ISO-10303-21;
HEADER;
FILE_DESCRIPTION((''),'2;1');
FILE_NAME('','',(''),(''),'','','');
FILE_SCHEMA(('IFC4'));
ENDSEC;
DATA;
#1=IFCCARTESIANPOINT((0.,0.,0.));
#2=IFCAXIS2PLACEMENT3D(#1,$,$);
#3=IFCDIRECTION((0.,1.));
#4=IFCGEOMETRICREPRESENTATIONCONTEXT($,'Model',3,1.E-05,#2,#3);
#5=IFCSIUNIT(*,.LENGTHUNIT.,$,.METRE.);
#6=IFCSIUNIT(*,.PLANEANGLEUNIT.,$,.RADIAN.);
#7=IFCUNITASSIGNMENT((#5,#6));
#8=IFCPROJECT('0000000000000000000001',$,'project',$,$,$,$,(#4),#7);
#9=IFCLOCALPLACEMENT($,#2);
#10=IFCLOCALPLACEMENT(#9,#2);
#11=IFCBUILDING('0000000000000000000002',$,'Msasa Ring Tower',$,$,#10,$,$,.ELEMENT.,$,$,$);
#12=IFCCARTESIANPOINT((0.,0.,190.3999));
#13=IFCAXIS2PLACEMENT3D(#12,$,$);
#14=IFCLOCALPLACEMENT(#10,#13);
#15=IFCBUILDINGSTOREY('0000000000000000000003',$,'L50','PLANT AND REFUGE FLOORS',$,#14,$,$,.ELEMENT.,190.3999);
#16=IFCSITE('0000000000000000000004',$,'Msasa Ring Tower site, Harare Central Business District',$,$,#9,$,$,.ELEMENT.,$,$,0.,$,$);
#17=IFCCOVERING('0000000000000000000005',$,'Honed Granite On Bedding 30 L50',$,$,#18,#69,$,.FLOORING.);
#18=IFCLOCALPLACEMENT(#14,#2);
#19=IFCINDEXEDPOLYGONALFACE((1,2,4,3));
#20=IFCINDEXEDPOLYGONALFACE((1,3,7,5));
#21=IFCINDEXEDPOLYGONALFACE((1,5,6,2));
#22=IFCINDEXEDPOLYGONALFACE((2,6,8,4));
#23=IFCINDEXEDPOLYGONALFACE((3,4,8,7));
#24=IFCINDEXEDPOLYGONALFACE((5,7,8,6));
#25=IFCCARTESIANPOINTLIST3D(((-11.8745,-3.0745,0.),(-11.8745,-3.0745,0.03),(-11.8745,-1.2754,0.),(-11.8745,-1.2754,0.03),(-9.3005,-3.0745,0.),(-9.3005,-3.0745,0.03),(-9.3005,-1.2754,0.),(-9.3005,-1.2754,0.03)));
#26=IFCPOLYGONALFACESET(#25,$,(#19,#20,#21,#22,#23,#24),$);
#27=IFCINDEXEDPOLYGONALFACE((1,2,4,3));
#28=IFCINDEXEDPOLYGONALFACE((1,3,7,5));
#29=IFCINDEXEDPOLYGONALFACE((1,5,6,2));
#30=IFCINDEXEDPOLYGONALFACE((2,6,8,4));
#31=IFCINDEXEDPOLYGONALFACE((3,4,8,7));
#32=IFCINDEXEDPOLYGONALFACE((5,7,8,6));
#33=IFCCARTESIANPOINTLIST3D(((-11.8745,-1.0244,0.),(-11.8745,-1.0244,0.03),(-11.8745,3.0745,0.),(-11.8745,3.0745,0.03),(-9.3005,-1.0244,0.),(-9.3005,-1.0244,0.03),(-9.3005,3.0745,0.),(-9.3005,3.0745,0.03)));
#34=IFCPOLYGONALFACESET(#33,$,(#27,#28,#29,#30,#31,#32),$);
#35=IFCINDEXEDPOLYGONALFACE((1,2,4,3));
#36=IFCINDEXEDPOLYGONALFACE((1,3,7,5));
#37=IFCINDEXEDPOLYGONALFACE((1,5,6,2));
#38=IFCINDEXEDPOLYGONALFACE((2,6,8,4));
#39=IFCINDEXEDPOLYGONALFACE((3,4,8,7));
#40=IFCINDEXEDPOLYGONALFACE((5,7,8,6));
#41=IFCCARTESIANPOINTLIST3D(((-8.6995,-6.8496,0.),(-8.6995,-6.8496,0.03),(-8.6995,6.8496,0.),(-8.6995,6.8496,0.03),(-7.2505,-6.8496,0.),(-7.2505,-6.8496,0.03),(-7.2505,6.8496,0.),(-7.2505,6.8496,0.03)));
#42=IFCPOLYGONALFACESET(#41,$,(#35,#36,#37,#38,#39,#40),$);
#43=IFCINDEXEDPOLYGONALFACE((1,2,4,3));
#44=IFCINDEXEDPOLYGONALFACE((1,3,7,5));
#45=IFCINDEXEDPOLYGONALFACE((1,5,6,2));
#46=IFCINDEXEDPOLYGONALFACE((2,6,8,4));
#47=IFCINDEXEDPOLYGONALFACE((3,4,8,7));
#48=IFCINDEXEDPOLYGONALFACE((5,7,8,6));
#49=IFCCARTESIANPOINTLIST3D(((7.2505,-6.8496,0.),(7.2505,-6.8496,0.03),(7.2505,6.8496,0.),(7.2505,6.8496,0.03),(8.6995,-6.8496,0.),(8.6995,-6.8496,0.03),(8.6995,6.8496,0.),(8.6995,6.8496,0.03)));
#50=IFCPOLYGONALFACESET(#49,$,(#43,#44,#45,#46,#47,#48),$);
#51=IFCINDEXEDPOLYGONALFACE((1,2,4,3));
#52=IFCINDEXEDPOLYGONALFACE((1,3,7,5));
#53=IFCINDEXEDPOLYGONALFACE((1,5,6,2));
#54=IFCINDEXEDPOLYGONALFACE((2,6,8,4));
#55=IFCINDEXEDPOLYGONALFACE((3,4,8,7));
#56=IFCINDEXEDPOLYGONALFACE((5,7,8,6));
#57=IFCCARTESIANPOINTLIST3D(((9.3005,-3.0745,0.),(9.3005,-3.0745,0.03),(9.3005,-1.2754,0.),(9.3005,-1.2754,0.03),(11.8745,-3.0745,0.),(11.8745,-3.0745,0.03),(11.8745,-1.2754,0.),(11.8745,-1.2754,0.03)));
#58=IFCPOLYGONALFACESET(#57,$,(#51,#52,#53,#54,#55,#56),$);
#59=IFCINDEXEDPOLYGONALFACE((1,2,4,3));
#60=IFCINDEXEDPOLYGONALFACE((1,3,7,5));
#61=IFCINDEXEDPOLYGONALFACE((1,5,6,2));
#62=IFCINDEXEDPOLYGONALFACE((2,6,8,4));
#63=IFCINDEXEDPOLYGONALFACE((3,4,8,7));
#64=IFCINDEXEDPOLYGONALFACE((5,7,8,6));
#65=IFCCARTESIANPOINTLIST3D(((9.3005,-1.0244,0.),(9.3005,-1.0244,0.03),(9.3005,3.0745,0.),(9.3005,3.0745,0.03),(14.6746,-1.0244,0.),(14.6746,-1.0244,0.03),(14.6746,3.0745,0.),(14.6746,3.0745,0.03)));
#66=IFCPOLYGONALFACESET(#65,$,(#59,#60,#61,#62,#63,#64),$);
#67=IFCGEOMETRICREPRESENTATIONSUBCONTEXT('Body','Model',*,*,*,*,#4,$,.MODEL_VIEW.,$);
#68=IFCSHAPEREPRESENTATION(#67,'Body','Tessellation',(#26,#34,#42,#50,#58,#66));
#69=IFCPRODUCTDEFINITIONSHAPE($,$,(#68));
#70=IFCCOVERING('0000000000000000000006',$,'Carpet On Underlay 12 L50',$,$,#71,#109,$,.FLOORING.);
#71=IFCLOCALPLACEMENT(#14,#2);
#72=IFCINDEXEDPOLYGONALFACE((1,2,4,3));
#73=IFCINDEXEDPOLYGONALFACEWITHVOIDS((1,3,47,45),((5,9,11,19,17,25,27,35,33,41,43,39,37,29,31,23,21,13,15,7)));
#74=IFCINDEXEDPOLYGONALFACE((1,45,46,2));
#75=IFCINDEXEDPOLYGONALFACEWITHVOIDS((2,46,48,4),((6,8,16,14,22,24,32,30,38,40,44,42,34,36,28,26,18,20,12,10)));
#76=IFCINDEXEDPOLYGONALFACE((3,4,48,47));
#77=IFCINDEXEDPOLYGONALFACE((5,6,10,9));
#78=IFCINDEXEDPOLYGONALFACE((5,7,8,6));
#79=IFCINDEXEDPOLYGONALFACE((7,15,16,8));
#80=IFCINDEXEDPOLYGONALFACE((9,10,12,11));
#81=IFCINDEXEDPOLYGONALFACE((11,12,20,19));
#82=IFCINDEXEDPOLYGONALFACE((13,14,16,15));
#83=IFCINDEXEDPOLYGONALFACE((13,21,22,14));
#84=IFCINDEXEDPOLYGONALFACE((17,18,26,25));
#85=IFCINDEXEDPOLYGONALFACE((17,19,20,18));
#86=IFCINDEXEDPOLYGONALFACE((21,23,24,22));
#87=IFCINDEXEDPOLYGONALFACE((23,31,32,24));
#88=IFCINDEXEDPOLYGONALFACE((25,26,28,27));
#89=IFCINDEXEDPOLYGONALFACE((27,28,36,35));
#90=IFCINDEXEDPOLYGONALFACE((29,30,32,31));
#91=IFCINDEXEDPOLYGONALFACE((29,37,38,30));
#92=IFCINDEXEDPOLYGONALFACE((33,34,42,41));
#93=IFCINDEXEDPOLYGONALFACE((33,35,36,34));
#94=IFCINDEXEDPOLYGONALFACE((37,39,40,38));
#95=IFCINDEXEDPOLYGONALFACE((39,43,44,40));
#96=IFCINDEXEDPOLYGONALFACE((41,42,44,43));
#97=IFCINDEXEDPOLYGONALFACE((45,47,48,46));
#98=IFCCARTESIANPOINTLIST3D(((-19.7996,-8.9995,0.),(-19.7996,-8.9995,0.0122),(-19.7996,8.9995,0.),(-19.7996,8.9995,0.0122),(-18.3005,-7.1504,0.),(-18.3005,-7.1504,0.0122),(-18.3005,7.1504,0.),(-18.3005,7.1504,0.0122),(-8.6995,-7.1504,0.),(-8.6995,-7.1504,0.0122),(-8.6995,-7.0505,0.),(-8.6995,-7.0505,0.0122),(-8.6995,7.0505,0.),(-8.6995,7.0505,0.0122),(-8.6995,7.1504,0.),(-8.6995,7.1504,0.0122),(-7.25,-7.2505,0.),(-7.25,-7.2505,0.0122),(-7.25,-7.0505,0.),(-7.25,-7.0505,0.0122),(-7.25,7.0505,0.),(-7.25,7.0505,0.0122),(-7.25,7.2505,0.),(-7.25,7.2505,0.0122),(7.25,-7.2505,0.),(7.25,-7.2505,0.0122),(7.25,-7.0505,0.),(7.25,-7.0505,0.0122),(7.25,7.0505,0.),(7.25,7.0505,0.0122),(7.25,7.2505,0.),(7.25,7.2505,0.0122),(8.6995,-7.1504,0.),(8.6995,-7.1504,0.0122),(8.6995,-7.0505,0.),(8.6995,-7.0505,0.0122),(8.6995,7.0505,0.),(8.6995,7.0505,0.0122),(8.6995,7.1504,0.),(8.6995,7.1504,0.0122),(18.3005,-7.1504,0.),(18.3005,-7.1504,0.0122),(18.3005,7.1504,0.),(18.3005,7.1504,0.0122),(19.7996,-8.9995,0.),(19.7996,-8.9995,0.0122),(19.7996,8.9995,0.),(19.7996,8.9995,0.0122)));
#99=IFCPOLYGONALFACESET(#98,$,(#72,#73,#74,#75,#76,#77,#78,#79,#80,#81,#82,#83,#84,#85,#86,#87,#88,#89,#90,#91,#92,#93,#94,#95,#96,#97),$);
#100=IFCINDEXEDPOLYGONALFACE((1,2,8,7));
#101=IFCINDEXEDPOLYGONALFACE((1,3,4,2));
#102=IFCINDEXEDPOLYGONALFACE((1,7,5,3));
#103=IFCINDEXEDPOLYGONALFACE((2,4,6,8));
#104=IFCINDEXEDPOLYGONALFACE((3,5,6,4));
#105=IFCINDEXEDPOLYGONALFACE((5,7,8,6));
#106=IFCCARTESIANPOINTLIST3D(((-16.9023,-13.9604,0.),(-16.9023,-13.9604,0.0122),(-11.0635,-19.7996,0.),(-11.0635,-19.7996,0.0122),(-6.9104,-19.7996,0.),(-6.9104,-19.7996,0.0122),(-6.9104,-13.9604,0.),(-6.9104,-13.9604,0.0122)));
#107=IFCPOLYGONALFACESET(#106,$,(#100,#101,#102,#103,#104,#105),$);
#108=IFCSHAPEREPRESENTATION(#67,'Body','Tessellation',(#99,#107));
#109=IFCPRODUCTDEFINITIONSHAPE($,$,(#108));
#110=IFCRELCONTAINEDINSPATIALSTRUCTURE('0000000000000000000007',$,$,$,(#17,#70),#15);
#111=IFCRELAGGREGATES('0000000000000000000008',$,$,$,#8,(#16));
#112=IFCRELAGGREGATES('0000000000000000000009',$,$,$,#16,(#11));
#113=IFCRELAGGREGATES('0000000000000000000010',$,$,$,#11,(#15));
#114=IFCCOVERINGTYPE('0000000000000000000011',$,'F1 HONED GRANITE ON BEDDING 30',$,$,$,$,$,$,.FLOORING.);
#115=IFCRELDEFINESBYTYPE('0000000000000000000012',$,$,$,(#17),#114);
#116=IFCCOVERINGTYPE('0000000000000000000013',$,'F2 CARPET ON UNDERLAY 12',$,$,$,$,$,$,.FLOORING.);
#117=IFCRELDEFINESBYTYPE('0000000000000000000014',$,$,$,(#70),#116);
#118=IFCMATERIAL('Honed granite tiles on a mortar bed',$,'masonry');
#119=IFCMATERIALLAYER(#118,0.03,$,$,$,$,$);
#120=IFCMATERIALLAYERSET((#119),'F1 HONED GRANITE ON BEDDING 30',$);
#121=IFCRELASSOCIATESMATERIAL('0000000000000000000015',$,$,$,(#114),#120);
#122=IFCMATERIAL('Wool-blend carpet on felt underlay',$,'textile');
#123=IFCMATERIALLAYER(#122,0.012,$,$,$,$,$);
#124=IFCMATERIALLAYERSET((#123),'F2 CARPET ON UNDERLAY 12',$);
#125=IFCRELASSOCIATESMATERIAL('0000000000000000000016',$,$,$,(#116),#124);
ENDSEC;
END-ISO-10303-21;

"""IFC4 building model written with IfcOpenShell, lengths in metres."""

from ifc_helpers import new_model, si_unit, direction, frame, origin, place, context, subcontext, project, spatial, line, indexed_curve, outline, extrude, material, layer, layer_set, type_object, element, save


model = new_model("IFC4")

# Units and contexts
model_context = context("Model", 3, precision=1e-05, world=origin(), true_north=direction((0.0, 1.0)))
body_context = subcontext(model_context, "Body", "Model", "MODEL_VIEW")
ifc_project = project(units=[si_unit("LENGTHUNIT", "METRE"), si_unit("PLANEANGLEUNIT", "RADIAN")], contexts=[model_context])

# Site, building, storey
site_placement = place(None, origin())
site = spatial("IfcSite", under=ifc_project, at=site_placement, Name="Msasa Ring Tower site, Harare Central Business District", CompositionType="ELEMENT", RefElevation=0.0)
building_placement = place(site_placement, origin())
building = spatial("IfcBuilding", under=site, at=building_placement, Name="Msasa Ring Tower", CompositionType="ELEMENT")
storey_placement = place(building_placement, frame((0.0, 0.0, 190.3999)))
storey = spatial("IfcBuildingStorey", under=building, at=storey_placement, Name="L50", Description="PLANT AND REFUGE FLOORS", CompositionType="ELEMENT", Elevation=190.3999)

# Coverings
ifc_material_1 = material(Name="Honed granite tiles on a mortar bed", Category="masonry")
ifc_layer_1 = layer(ifc_material_1, 0.03)
ifc_layer_set_1 = layer_set([ifc_layer_1], Name="F1 HONED GRANITE ON BEDDING 30")
covering_type_1 = type_object("IfcCoveringType", Name="F1 HONED GRANITE ON BEDDING 30", PredefinedType="FLOORING", material=ifc_layer_set_1)
covering_1_placement = place(storey_placement, origin())
element("IfcCovering", 1, at=covering_1_placement, inside=storey, type_object=covering_type_1, Name="Honed Granite On Bedding 30 L50", PredefinedType="FLOORING", context=body_context, shape_type="SweptSolid", body=[
    extrude(outline(indexed_curve([(-11.8745, -3.0745), (-11.8745, -1.2754), (-9.3005, -1.2754), (-9.3005, -3.0745)], segments=[line(1, 2, 3, 4, 1)], self_intersect=False)), origin(), (0.0, 0.0, 1.0), 0.03),
    extrude(outline(indexed_curve([(-11.8745, 3.0745), (-9.3005, 3.0745), (-9.3005, -1.0244), (-11.8745, -1.0244)], segments=[line(1, 2, 3, 4, 1)], self_intersect=False)), origin(), (0.0, 0.0, 1.0), 0.03),
    extrude(outline(indexed_curve([(-8.6995, 6.8496), (-7.2505, 6.8496), (-7.2505, -6.8496), (-8.6995, -6.8496)], segments=[line(1, 2, 3, 4, 1)], self_intersect=False)), origin(), (0.0, 0.0, 1.0), 0.03),
    extrude(outline(indexed_curve([(7.2505, -6.8496), (7.2505, 6.8496), (8.6995, 6.8496), (8.6995, -6.8496)], segments=[line(1, 2, 3, 4, 1)], self_intersect=False)), origin(), (0.0, 0.0, 1.0), 0.03),
    extrude(outline(indexed_curve([(9.3005, -1.2754), (11.8745, -1.2754), (11.8745, -3.0745), (9.3005, -3.0745)], segments=[line(1, 2, 3, 4, 1)], self_intersect=False)), origin(), (0.0, 0.0, 1.0), 0.03),
    extrude(outline(indexed_curve([(9.3005, 3.0745), (14.6746, 3.0745), (14.6746, -1.0244), (9.3005, -1.0244)], segments=[line(1, 2, 3, 4, 1)], self_intersect=False)), origin(), (0.0, 0.0, 1.0), 0.03),
])
ifc_material_2 = material(Name="Wool-blend carpet on felt underlay", Category="textile")
ifc_layer_2 = layer(ifc_material_2, 0.012)
ifc_layer_set_2 = layer_set([ifc_layer_2], Name="F2 CARPET ON UNDERLAY 12")
covering_type_2 = type_object("IfcCoveringType", Name="F2 CARPET ON UNDERLAY 12", PredefinedType="FLOORING", material=ifc_layer_set_2)
covering_2_placement = place(storey_placement, origin())
element("IfcCovering", 2, at=covering_2_placement, inside=storey, type_object=covering_type_2, Name="Carpet On Underlay 12 L50", PredefinedType="FLOORING", context=body_context, shape_type="SweptSolid", body=[
    extrude(outline(indexed_curve([(-19.7996, -8.9995), (-19.7996, 8.9995), (19.7996, 8.9995), (19.7996, -8.9995)], segments=[line(1, 2, 3, 4, 1)], self_intersect=False), holes=[indexed_curve([(8.6995, -7.1504), (18.3005, -7.1504), (18.3005, 7.1504), (8.6995, 7.1504), (8.6995, 7.0505), (7.25, 7.0505), (7.25, 7.2505), (-7.25, 7.2505), (-7.25, 7.0505), (-8.6995, 7.0505), (-8.6995, 7.1504), (-18.3005, 7.1504), (-18.3005, -7.1504), (-8.6995, -7.1504), (-8.6995, -7.0505), (-7.25, -7.0505), (-7.25, -7.2505), (7.25, -7.2505), (7.25, -7.0505), (8.6995, -7.0505)], segments=[line(1, 2, 3, 4, 5, 6, 7, 8, 9, 10, 11, 12, 13, 14, 15, 16, 17, 18, 19, 20, 1)], self_intersect=False)]), origin(), (0.0, 0.0, 1.0), 0.0122),
    extrude(outline(indexed_curve([(-16.9023, -13.9604), (-6.9104, -13.9604), (-6.9104, -19.7996), (-11.0635, -19.7996)], segments=[line(1, 2, 3, 4, 1)], self_intersect=False)), origin(), (0.0, 0.0, 1.0), 0.0122),
])

save(model, "model.ifc")
